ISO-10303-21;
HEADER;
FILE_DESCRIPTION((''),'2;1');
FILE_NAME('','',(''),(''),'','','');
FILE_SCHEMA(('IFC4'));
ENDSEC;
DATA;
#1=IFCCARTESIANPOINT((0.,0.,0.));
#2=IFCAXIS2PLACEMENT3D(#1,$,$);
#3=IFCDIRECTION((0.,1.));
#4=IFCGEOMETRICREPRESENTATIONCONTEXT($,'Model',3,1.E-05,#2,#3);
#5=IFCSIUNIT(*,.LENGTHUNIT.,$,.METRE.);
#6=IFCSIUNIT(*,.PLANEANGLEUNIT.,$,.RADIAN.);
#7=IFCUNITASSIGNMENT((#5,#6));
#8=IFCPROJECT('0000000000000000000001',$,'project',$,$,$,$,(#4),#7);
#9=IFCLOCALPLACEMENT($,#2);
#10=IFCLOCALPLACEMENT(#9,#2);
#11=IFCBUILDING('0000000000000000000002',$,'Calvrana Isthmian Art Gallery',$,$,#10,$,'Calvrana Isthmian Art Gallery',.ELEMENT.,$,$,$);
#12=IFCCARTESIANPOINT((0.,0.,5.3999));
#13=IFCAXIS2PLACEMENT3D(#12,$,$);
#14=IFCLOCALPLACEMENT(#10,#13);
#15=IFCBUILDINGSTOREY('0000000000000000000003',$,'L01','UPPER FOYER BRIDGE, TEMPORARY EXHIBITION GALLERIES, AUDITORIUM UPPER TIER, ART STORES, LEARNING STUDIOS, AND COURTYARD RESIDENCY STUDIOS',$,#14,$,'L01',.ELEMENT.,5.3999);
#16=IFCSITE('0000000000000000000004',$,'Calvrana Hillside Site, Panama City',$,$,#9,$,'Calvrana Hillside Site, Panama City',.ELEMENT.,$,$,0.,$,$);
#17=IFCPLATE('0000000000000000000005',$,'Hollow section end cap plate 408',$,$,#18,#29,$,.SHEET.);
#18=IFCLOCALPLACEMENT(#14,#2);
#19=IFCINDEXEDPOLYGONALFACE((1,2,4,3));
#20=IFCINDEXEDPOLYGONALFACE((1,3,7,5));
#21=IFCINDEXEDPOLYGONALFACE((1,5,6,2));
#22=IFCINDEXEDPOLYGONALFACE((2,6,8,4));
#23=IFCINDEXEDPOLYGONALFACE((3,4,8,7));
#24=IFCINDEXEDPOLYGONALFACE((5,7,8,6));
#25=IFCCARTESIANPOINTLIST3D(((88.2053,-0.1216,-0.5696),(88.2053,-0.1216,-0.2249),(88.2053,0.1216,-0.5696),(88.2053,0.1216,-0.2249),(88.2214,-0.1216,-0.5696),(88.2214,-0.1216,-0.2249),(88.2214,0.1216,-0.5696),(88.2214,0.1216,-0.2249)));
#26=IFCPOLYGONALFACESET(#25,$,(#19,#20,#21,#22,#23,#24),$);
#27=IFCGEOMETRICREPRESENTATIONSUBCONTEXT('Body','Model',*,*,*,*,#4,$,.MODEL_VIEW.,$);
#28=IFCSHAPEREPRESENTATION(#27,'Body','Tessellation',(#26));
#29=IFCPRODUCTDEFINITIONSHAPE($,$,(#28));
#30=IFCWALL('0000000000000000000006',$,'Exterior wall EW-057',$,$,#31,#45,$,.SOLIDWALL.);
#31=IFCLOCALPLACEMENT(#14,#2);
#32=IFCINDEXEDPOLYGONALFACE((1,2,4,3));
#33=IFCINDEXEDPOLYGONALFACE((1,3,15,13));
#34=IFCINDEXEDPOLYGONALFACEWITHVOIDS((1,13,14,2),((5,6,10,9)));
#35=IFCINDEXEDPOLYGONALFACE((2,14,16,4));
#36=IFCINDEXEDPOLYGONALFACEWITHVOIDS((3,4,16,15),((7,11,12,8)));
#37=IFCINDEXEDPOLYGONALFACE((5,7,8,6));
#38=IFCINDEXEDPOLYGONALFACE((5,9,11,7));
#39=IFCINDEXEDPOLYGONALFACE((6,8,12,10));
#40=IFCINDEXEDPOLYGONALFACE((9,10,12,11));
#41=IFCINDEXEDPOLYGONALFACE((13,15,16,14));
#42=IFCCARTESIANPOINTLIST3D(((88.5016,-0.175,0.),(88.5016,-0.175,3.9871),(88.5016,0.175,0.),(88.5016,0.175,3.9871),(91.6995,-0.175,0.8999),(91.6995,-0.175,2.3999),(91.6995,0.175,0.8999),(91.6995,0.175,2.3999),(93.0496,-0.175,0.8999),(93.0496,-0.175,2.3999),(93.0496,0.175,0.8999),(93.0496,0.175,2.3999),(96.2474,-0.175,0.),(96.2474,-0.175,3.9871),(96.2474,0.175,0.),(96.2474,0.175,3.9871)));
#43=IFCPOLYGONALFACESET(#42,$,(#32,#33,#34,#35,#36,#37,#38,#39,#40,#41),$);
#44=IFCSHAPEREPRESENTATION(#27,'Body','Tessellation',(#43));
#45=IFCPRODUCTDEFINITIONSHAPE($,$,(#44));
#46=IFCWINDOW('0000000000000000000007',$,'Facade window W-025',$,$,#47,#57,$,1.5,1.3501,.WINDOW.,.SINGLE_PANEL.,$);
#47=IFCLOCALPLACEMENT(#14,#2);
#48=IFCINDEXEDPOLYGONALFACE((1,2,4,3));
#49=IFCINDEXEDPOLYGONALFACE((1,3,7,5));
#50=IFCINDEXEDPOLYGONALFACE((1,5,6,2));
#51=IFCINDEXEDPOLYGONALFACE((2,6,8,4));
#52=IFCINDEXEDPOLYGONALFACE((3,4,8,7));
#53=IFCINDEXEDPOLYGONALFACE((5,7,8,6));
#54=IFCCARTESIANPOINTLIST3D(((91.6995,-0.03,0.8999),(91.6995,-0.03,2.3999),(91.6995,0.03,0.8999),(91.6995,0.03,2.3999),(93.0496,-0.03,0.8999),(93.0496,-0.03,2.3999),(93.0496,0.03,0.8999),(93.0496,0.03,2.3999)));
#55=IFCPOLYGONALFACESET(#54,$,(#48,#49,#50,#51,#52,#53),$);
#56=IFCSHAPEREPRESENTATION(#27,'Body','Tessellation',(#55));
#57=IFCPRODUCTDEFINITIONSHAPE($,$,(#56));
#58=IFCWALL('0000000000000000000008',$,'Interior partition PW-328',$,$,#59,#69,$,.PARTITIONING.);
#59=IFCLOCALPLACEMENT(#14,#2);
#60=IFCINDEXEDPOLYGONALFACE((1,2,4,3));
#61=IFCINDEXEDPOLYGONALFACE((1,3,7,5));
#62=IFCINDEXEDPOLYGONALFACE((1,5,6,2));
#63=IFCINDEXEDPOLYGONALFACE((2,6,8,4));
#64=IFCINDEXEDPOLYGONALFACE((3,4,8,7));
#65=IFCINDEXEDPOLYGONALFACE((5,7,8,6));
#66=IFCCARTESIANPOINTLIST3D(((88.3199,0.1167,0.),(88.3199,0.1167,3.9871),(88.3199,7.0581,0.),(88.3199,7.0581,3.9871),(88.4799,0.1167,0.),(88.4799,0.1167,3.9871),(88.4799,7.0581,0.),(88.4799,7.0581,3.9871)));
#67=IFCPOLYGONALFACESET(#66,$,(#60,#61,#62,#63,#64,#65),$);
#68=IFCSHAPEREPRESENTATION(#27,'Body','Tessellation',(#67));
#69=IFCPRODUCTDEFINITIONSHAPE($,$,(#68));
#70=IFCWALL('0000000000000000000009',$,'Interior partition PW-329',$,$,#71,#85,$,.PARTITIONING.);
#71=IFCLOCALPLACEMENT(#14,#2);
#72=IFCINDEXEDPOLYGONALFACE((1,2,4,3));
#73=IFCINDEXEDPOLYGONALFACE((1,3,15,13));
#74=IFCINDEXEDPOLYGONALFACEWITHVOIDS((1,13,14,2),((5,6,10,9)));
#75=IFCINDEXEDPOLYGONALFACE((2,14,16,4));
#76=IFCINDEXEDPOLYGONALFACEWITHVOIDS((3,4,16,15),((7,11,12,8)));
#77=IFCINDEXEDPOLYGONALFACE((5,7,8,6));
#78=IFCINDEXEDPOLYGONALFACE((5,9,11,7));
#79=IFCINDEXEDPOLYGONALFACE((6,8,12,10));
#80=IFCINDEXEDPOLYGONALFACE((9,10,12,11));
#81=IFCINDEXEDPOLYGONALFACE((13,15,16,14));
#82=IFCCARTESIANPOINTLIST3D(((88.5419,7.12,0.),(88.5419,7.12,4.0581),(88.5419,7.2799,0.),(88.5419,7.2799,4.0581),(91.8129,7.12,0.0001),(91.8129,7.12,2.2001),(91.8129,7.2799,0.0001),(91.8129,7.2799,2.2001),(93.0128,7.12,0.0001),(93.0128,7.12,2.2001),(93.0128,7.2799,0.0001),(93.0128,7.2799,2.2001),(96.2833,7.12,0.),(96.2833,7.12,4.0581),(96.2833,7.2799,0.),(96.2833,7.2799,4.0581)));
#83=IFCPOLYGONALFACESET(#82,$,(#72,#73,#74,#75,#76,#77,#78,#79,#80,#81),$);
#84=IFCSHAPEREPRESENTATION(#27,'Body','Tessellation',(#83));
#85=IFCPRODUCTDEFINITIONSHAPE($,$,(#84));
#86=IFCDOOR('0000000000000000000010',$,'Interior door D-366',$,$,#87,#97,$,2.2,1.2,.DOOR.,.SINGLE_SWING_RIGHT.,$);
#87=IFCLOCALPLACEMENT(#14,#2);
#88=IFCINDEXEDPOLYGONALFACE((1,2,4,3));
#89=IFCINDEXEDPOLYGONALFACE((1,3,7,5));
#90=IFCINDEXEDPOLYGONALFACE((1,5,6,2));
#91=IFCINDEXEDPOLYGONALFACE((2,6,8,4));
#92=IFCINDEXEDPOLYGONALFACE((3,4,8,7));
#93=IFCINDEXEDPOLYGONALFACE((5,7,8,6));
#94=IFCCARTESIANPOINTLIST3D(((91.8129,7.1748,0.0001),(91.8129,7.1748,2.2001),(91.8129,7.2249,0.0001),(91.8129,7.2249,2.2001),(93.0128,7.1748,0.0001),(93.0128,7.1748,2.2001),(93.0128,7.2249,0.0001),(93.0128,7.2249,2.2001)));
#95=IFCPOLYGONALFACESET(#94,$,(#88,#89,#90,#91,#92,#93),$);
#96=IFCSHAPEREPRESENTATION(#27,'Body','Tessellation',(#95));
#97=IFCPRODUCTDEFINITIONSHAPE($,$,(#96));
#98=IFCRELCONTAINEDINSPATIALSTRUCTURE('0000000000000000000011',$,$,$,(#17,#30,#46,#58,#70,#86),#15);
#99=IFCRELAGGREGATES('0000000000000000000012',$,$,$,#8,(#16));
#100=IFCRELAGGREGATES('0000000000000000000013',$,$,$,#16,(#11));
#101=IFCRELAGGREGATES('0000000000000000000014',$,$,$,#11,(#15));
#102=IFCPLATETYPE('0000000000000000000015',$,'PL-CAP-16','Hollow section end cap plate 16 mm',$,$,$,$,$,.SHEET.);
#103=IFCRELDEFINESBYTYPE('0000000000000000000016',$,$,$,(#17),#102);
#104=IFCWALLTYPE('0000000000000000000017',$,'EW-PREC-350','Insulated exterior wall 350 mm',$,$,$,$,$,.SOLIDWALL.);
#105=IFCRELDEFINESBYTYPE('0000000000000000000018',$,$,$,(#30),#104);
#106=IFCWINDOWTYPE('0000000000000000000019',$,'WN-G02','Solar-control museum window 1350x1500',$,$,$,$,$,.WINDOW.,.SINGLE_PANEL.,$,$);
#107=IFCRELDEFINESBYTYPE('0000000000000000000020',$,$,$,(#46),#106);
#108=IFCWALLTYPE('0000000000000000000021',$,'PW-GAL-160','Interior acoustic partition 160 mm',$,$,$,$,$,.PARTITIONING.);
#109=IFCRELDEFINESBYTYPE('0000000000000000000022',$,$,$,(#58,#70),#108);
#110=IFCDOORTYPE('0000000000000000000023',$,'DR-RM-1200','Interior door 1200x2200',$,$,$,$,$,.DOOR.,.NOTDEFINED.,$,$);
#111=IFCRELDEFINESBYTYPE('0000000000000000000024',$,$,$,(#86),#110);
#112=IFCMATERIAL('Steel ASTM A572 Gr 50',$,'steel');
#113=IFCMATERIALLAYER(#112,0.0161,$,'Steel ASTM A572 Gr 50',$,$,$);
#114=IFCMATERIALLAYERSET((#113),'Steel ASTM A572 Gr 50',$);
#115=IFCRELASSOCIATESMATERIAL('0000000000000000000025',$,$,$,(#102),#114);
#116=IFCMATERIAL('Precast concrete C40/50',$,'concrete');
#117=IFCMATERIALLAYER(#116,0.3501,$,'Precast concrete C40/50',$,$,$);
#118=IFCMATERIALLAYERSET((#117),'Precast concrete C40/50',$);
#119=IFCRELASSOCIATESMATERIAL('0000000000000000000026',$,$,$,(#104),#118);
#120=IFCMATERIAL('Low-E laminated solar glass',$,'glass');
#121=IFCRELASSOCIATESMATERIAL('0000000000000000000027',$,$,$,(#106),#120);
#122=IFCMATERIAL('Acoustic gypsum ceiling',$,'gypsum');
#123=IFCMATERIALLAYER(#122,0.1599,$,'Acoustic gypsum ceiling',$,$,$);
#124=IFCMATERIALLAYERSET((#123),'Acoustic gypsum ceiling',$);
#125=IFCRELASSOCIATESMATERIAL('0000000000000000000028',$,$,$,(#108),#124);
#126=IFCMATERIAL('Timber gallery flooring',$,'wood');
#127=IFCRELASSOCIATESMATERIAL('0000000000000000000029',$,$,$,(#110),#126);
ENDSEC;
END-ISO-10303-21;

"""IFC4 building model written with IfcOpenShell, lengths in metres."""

from ifc_helpers import new_model, si_unit, direction, frame, frame_2d, origin, origin_2d, place, context, subcontext, project, spatial, rectangle, extrude, material, layer, layer_set, type_object, element, fill, save


model = new_model("IFC4")

# Units and contexts
model_context = context("Model", 3, precision=1e-05, world=origin(), true_north=direction((0.0, 1.0)))
body_context = subcontext(model_context, "Body", "Model", "MODEL_VIEW")
ifc_project = project(units=[si_unit("LENGTHUNIT", "METRE"), si_unit("PLANEANGLEUNIT", "RADIAN")], contexts=[model_context])

# Site, building, storey
site_placement = place(None, origin())
site = spatial("IfcSite", under=ifc_project, at=site_placement, Name="Calvrana Hillside Site, Panama City", LongName="Calvrana Hillside Site, Panama City", CompositionType="ELEMENT", RefElevation=0.0)
building_placement = place(site_placement, origin())
building = spatial("IfcBuilding", under=site, at=building_placement, Name="Calvrana Isthmian Art Gallery", LongName="Calvrana Isthmian Art Gallery", CompositionType="ELEMENT")
storey_placement = place(building_placement, frame((0.0, 0.0, 5.3999)))
storey = spatial("IfcBuildingStorey", under=building, at=storey_placement, Name="L01", Description="UPPER FOYER BRIDGE, TEMPORARY EXHIBITION GALLERIES, AUDITORIUM UPPER TIER, ART STORES, LEARNING STUDIOS, AND COURTYARD RESIDENCY STUDIOS", LongName="L01", CompositionType="ELEMENT", Elevation=5.3999)

# Shared definitions
ifc_material_1 = material(Name="Low-E laminated solar glass", Category="glass")

# Plate
ifc_material_2 = material(Name="Steel ASTM A572 Gr 50", Category="steel")
ifc_layer_1 = layer(ifc_material_2, 0.0161, Name="Steel ASTM A572 Gr 50")
ifc_layer_set_1 = layer_set([ifc_layer_1], Name="Steel ASTM A572 Gr 50")
plate_type_1 = type_object("IfcPlateType", Name="PL-CAP-16", Description="Hollow section end cap plate 16 mm", PredefinedType="SHEET", material=ifc_layer_set_1)
plate_1_placement = place(storey_placement, frame((88.2134, 0.0, -0.5696), z_axis=(0.0, 0.0, 1.0), x_axis=(1.0, 0.0, 0.0)))
element("IfcPlate", 1, at=plate_1_placement, inside=storey, type_object=plate_type_1, Name="Hollow section end cap plate 408", PredefinedType="SHEET", context=body_context, shape_type="SweptSolid", body=[
    extrude(rectangle(XDim=0.0161, YDim=0.2432, at=origin_2d()), origin(), (0.0, 0.0, 1.0), 0.3447),
])

# Wall, opening, window
ifc_material_3 = material(Name="Precast concrete C40/50", Category="concrete")
ifc_layer_2 = layer(ifc_material_3, 0.3501, Name="Precast concrete C40/50")
ifc_layer_set_2 = layer_set([ifc_layer_2], Name="Precast concrete C40/50")
wall_type_1 = type_object("IfcWallType", Name="EW-PREC-350", Description="Insulated exterior wall 350 mm", PredefinedType="SOLIDWALL", material=ifc_layer_set_2)
wall_1_placement = place(storey_placement, frame((96.2476, 0.0, 0.0), z_axis=(0.0, 0.0, 1.0), x_axis=(-1.0, 0.0, 0.0)))
wall_1 = element("IfcWall", 2, at=wall_1_placement, inside=storey, type_object=wall_type_1, Name="Exterior wall EW-057", PredefinedType="SOLIDWALL", context=body_context, shape_type="SweptSolid", body=[
    extrude(rectangle(XDim=7.7458, YDim=0.3501, at=frame_2d((3.873, 0.0))), origin(), (0.0, 0.0, 1.0), 3.9871),
])
opening_1_placement = place(wall_1_placement, frame((3.198, 0.0, 0.8999)))
opening_1 = element("IfcOpeningElement", 3, at=opening_1_placement, cuts=wall_1, PredefinedType="OPENING", context=body_context, shape_type="SweptSolid", body=[
    extrude(rectangle(XDim=1.3501, YDim=1.5, at=frame_2d((0.675, 0.75))), frame((0.0, 0.1853, 0.0), z_axis=(0.0, -1.0, 0.0), x_axis=(1.0, 0.0, 0.0)), (0.0, 0.0, 1.0), 0.3706),
])
window_type = type_object("IfcWindowType", Name="WN-G02", Description="Solar-control museum window 1350x1500", PartitioningType="SINGLE_PANEL", PredefinedType="WINDOW", material=ifc_material_1)
window_placement = place(opening_1_placement, origin())
window = element("IfcWindow", 4, at=window_placement, inside=storey, type_object=window_type, Name="Facade window W-025", OverallHeight=1.5, OverallWidth=1.3501, PartitioningType="SINGLE_PANEL", PredefinedType="WINDOW", context=body_context, shape_type="SweptSolid", body=[
    extrude(rectangle(XDim=1.3501, YDim=1.5, at=frame_2d((0.675, 0.75))), frame((0.0, 0.03, 0.0), z_axis=(0.0, -1.0, 0.0), x_axis=(1.0, 0.0, 0.0)), (0.0, 0.0, 1.0), 0.0601),
])
fill(opening_1, window)

# Wall
ifc_material_4 = material(Name="Acoustic gypsum ceiling", Category="gypsum")
ifc_layer_3 = layer(ifc_material_4, 0.1599, Name="Acoustic gypsum ceiling")
ifc_layer_set_3 = layer_set([ifc_layer_3], Name="Acoustic gypsum ceiling")
wall_type_2 = type_object("IfcWallType", Name="PW-GAL-160", Description="Interior acoustic partition 160 mm", PredefinedType="PARTITIONING", material=ifc_layer_set_3)
wall_2_placement = place(storey_placement, frame((88.3999, 0.1167, 0.0), z_axis=(0.0, 0.0, 1.0), x_axis=(0.0, 1.0, 0.0)))
element("IfcWall", 5, at=wall_2_placement, inside=storey, type_object=wall_type_2, Name="Interior partition PW-328", PredefinedType="PARTITIONING", context=body_context, shape_type="SweptSolid", body=[
    extrude(rectangle(XDim=6.9414, YDim=0.1599, at=frame_2d((3.4707, 0.0))), origin(), (0.0, 0.0, 1.0), 3.9871),
])

# Wall, opening, door
wall_3_placement = place(storey_placement, frame((88.542, 7.2, 0.0), z_axis=(0.0, 0.0, 1.0), x_axis=(1.0, 0.0, 0.0)))
wall_3 = element("IfcWall", 6, at=wall_3_placement, inside=storey, type_object=wall_type_2, Name="Interior partition PW-329", PredefinedType="PARTITIONING", context=body_context, shape_type="SweptSolid", body=[
    extrude(rectangle(XDim=7.7415, YDim=0.1599, at=frame_2d((3.8706, 0.0))), origin(), (0.0, 0.0, 1.0), 4.0581),
])
opening_2_placement = place(wall_3_placement, frame((3.2708, 0.0, 0.0)))
opening_2 = element("IfcOpeningElement", 7, at=opening_2_placement, cuts=wall_3, PredefinedType="OPENING", context=body_context, shape_type="SweptSolid", body=[
    extrude(rectangle(XDim=1.2, YDim=2.2, at=frame_2d((0.6001, 1.1001))), frame((0.0, 0.0903, 0.0), z_axis=(0.0, -1.0, 0.0), x_axis=(1.0, 0.0, 0.0)), (0.0, 0.0, 1.0), 0.1804),
])
ifc_material_5 = material(Name="Timber gallery flooring", Category="wood")
door_type = type_object("IfcDoorType", Name="DR-RM-1200", Description="Interior door 1200x2200", OperationType="NOTDEFINED", PredefinedType="DOOR", material=ifc_material_5)
door_placement = place(opening_2_placement, origin())
door = element("IfcDoor", 8, at=door_placement, inside=storey, type_object=door_type, Name="Interior door D-366", OperationType="SINGLE_SWING_RIGHT", OverallHeight=2.2, OverallWidth=1.2, PredefinedType="DOOR", context=body_context, shape_type="SweptSolid", body=[
    extrude(rectangle(XDim=1.2, YDim=2.2, at=frame_2d((0.6001, 1.1001))), frame((0.0, 0.0249, 0.0), z_axis=(0.0, -1.0, 0.0), x_axis=(1.0, 0.0, 0.0)), (0.0, 0.0, 1.0), 0.05),
])
fill(opening_2, door)

save(model, "model.ifc")
